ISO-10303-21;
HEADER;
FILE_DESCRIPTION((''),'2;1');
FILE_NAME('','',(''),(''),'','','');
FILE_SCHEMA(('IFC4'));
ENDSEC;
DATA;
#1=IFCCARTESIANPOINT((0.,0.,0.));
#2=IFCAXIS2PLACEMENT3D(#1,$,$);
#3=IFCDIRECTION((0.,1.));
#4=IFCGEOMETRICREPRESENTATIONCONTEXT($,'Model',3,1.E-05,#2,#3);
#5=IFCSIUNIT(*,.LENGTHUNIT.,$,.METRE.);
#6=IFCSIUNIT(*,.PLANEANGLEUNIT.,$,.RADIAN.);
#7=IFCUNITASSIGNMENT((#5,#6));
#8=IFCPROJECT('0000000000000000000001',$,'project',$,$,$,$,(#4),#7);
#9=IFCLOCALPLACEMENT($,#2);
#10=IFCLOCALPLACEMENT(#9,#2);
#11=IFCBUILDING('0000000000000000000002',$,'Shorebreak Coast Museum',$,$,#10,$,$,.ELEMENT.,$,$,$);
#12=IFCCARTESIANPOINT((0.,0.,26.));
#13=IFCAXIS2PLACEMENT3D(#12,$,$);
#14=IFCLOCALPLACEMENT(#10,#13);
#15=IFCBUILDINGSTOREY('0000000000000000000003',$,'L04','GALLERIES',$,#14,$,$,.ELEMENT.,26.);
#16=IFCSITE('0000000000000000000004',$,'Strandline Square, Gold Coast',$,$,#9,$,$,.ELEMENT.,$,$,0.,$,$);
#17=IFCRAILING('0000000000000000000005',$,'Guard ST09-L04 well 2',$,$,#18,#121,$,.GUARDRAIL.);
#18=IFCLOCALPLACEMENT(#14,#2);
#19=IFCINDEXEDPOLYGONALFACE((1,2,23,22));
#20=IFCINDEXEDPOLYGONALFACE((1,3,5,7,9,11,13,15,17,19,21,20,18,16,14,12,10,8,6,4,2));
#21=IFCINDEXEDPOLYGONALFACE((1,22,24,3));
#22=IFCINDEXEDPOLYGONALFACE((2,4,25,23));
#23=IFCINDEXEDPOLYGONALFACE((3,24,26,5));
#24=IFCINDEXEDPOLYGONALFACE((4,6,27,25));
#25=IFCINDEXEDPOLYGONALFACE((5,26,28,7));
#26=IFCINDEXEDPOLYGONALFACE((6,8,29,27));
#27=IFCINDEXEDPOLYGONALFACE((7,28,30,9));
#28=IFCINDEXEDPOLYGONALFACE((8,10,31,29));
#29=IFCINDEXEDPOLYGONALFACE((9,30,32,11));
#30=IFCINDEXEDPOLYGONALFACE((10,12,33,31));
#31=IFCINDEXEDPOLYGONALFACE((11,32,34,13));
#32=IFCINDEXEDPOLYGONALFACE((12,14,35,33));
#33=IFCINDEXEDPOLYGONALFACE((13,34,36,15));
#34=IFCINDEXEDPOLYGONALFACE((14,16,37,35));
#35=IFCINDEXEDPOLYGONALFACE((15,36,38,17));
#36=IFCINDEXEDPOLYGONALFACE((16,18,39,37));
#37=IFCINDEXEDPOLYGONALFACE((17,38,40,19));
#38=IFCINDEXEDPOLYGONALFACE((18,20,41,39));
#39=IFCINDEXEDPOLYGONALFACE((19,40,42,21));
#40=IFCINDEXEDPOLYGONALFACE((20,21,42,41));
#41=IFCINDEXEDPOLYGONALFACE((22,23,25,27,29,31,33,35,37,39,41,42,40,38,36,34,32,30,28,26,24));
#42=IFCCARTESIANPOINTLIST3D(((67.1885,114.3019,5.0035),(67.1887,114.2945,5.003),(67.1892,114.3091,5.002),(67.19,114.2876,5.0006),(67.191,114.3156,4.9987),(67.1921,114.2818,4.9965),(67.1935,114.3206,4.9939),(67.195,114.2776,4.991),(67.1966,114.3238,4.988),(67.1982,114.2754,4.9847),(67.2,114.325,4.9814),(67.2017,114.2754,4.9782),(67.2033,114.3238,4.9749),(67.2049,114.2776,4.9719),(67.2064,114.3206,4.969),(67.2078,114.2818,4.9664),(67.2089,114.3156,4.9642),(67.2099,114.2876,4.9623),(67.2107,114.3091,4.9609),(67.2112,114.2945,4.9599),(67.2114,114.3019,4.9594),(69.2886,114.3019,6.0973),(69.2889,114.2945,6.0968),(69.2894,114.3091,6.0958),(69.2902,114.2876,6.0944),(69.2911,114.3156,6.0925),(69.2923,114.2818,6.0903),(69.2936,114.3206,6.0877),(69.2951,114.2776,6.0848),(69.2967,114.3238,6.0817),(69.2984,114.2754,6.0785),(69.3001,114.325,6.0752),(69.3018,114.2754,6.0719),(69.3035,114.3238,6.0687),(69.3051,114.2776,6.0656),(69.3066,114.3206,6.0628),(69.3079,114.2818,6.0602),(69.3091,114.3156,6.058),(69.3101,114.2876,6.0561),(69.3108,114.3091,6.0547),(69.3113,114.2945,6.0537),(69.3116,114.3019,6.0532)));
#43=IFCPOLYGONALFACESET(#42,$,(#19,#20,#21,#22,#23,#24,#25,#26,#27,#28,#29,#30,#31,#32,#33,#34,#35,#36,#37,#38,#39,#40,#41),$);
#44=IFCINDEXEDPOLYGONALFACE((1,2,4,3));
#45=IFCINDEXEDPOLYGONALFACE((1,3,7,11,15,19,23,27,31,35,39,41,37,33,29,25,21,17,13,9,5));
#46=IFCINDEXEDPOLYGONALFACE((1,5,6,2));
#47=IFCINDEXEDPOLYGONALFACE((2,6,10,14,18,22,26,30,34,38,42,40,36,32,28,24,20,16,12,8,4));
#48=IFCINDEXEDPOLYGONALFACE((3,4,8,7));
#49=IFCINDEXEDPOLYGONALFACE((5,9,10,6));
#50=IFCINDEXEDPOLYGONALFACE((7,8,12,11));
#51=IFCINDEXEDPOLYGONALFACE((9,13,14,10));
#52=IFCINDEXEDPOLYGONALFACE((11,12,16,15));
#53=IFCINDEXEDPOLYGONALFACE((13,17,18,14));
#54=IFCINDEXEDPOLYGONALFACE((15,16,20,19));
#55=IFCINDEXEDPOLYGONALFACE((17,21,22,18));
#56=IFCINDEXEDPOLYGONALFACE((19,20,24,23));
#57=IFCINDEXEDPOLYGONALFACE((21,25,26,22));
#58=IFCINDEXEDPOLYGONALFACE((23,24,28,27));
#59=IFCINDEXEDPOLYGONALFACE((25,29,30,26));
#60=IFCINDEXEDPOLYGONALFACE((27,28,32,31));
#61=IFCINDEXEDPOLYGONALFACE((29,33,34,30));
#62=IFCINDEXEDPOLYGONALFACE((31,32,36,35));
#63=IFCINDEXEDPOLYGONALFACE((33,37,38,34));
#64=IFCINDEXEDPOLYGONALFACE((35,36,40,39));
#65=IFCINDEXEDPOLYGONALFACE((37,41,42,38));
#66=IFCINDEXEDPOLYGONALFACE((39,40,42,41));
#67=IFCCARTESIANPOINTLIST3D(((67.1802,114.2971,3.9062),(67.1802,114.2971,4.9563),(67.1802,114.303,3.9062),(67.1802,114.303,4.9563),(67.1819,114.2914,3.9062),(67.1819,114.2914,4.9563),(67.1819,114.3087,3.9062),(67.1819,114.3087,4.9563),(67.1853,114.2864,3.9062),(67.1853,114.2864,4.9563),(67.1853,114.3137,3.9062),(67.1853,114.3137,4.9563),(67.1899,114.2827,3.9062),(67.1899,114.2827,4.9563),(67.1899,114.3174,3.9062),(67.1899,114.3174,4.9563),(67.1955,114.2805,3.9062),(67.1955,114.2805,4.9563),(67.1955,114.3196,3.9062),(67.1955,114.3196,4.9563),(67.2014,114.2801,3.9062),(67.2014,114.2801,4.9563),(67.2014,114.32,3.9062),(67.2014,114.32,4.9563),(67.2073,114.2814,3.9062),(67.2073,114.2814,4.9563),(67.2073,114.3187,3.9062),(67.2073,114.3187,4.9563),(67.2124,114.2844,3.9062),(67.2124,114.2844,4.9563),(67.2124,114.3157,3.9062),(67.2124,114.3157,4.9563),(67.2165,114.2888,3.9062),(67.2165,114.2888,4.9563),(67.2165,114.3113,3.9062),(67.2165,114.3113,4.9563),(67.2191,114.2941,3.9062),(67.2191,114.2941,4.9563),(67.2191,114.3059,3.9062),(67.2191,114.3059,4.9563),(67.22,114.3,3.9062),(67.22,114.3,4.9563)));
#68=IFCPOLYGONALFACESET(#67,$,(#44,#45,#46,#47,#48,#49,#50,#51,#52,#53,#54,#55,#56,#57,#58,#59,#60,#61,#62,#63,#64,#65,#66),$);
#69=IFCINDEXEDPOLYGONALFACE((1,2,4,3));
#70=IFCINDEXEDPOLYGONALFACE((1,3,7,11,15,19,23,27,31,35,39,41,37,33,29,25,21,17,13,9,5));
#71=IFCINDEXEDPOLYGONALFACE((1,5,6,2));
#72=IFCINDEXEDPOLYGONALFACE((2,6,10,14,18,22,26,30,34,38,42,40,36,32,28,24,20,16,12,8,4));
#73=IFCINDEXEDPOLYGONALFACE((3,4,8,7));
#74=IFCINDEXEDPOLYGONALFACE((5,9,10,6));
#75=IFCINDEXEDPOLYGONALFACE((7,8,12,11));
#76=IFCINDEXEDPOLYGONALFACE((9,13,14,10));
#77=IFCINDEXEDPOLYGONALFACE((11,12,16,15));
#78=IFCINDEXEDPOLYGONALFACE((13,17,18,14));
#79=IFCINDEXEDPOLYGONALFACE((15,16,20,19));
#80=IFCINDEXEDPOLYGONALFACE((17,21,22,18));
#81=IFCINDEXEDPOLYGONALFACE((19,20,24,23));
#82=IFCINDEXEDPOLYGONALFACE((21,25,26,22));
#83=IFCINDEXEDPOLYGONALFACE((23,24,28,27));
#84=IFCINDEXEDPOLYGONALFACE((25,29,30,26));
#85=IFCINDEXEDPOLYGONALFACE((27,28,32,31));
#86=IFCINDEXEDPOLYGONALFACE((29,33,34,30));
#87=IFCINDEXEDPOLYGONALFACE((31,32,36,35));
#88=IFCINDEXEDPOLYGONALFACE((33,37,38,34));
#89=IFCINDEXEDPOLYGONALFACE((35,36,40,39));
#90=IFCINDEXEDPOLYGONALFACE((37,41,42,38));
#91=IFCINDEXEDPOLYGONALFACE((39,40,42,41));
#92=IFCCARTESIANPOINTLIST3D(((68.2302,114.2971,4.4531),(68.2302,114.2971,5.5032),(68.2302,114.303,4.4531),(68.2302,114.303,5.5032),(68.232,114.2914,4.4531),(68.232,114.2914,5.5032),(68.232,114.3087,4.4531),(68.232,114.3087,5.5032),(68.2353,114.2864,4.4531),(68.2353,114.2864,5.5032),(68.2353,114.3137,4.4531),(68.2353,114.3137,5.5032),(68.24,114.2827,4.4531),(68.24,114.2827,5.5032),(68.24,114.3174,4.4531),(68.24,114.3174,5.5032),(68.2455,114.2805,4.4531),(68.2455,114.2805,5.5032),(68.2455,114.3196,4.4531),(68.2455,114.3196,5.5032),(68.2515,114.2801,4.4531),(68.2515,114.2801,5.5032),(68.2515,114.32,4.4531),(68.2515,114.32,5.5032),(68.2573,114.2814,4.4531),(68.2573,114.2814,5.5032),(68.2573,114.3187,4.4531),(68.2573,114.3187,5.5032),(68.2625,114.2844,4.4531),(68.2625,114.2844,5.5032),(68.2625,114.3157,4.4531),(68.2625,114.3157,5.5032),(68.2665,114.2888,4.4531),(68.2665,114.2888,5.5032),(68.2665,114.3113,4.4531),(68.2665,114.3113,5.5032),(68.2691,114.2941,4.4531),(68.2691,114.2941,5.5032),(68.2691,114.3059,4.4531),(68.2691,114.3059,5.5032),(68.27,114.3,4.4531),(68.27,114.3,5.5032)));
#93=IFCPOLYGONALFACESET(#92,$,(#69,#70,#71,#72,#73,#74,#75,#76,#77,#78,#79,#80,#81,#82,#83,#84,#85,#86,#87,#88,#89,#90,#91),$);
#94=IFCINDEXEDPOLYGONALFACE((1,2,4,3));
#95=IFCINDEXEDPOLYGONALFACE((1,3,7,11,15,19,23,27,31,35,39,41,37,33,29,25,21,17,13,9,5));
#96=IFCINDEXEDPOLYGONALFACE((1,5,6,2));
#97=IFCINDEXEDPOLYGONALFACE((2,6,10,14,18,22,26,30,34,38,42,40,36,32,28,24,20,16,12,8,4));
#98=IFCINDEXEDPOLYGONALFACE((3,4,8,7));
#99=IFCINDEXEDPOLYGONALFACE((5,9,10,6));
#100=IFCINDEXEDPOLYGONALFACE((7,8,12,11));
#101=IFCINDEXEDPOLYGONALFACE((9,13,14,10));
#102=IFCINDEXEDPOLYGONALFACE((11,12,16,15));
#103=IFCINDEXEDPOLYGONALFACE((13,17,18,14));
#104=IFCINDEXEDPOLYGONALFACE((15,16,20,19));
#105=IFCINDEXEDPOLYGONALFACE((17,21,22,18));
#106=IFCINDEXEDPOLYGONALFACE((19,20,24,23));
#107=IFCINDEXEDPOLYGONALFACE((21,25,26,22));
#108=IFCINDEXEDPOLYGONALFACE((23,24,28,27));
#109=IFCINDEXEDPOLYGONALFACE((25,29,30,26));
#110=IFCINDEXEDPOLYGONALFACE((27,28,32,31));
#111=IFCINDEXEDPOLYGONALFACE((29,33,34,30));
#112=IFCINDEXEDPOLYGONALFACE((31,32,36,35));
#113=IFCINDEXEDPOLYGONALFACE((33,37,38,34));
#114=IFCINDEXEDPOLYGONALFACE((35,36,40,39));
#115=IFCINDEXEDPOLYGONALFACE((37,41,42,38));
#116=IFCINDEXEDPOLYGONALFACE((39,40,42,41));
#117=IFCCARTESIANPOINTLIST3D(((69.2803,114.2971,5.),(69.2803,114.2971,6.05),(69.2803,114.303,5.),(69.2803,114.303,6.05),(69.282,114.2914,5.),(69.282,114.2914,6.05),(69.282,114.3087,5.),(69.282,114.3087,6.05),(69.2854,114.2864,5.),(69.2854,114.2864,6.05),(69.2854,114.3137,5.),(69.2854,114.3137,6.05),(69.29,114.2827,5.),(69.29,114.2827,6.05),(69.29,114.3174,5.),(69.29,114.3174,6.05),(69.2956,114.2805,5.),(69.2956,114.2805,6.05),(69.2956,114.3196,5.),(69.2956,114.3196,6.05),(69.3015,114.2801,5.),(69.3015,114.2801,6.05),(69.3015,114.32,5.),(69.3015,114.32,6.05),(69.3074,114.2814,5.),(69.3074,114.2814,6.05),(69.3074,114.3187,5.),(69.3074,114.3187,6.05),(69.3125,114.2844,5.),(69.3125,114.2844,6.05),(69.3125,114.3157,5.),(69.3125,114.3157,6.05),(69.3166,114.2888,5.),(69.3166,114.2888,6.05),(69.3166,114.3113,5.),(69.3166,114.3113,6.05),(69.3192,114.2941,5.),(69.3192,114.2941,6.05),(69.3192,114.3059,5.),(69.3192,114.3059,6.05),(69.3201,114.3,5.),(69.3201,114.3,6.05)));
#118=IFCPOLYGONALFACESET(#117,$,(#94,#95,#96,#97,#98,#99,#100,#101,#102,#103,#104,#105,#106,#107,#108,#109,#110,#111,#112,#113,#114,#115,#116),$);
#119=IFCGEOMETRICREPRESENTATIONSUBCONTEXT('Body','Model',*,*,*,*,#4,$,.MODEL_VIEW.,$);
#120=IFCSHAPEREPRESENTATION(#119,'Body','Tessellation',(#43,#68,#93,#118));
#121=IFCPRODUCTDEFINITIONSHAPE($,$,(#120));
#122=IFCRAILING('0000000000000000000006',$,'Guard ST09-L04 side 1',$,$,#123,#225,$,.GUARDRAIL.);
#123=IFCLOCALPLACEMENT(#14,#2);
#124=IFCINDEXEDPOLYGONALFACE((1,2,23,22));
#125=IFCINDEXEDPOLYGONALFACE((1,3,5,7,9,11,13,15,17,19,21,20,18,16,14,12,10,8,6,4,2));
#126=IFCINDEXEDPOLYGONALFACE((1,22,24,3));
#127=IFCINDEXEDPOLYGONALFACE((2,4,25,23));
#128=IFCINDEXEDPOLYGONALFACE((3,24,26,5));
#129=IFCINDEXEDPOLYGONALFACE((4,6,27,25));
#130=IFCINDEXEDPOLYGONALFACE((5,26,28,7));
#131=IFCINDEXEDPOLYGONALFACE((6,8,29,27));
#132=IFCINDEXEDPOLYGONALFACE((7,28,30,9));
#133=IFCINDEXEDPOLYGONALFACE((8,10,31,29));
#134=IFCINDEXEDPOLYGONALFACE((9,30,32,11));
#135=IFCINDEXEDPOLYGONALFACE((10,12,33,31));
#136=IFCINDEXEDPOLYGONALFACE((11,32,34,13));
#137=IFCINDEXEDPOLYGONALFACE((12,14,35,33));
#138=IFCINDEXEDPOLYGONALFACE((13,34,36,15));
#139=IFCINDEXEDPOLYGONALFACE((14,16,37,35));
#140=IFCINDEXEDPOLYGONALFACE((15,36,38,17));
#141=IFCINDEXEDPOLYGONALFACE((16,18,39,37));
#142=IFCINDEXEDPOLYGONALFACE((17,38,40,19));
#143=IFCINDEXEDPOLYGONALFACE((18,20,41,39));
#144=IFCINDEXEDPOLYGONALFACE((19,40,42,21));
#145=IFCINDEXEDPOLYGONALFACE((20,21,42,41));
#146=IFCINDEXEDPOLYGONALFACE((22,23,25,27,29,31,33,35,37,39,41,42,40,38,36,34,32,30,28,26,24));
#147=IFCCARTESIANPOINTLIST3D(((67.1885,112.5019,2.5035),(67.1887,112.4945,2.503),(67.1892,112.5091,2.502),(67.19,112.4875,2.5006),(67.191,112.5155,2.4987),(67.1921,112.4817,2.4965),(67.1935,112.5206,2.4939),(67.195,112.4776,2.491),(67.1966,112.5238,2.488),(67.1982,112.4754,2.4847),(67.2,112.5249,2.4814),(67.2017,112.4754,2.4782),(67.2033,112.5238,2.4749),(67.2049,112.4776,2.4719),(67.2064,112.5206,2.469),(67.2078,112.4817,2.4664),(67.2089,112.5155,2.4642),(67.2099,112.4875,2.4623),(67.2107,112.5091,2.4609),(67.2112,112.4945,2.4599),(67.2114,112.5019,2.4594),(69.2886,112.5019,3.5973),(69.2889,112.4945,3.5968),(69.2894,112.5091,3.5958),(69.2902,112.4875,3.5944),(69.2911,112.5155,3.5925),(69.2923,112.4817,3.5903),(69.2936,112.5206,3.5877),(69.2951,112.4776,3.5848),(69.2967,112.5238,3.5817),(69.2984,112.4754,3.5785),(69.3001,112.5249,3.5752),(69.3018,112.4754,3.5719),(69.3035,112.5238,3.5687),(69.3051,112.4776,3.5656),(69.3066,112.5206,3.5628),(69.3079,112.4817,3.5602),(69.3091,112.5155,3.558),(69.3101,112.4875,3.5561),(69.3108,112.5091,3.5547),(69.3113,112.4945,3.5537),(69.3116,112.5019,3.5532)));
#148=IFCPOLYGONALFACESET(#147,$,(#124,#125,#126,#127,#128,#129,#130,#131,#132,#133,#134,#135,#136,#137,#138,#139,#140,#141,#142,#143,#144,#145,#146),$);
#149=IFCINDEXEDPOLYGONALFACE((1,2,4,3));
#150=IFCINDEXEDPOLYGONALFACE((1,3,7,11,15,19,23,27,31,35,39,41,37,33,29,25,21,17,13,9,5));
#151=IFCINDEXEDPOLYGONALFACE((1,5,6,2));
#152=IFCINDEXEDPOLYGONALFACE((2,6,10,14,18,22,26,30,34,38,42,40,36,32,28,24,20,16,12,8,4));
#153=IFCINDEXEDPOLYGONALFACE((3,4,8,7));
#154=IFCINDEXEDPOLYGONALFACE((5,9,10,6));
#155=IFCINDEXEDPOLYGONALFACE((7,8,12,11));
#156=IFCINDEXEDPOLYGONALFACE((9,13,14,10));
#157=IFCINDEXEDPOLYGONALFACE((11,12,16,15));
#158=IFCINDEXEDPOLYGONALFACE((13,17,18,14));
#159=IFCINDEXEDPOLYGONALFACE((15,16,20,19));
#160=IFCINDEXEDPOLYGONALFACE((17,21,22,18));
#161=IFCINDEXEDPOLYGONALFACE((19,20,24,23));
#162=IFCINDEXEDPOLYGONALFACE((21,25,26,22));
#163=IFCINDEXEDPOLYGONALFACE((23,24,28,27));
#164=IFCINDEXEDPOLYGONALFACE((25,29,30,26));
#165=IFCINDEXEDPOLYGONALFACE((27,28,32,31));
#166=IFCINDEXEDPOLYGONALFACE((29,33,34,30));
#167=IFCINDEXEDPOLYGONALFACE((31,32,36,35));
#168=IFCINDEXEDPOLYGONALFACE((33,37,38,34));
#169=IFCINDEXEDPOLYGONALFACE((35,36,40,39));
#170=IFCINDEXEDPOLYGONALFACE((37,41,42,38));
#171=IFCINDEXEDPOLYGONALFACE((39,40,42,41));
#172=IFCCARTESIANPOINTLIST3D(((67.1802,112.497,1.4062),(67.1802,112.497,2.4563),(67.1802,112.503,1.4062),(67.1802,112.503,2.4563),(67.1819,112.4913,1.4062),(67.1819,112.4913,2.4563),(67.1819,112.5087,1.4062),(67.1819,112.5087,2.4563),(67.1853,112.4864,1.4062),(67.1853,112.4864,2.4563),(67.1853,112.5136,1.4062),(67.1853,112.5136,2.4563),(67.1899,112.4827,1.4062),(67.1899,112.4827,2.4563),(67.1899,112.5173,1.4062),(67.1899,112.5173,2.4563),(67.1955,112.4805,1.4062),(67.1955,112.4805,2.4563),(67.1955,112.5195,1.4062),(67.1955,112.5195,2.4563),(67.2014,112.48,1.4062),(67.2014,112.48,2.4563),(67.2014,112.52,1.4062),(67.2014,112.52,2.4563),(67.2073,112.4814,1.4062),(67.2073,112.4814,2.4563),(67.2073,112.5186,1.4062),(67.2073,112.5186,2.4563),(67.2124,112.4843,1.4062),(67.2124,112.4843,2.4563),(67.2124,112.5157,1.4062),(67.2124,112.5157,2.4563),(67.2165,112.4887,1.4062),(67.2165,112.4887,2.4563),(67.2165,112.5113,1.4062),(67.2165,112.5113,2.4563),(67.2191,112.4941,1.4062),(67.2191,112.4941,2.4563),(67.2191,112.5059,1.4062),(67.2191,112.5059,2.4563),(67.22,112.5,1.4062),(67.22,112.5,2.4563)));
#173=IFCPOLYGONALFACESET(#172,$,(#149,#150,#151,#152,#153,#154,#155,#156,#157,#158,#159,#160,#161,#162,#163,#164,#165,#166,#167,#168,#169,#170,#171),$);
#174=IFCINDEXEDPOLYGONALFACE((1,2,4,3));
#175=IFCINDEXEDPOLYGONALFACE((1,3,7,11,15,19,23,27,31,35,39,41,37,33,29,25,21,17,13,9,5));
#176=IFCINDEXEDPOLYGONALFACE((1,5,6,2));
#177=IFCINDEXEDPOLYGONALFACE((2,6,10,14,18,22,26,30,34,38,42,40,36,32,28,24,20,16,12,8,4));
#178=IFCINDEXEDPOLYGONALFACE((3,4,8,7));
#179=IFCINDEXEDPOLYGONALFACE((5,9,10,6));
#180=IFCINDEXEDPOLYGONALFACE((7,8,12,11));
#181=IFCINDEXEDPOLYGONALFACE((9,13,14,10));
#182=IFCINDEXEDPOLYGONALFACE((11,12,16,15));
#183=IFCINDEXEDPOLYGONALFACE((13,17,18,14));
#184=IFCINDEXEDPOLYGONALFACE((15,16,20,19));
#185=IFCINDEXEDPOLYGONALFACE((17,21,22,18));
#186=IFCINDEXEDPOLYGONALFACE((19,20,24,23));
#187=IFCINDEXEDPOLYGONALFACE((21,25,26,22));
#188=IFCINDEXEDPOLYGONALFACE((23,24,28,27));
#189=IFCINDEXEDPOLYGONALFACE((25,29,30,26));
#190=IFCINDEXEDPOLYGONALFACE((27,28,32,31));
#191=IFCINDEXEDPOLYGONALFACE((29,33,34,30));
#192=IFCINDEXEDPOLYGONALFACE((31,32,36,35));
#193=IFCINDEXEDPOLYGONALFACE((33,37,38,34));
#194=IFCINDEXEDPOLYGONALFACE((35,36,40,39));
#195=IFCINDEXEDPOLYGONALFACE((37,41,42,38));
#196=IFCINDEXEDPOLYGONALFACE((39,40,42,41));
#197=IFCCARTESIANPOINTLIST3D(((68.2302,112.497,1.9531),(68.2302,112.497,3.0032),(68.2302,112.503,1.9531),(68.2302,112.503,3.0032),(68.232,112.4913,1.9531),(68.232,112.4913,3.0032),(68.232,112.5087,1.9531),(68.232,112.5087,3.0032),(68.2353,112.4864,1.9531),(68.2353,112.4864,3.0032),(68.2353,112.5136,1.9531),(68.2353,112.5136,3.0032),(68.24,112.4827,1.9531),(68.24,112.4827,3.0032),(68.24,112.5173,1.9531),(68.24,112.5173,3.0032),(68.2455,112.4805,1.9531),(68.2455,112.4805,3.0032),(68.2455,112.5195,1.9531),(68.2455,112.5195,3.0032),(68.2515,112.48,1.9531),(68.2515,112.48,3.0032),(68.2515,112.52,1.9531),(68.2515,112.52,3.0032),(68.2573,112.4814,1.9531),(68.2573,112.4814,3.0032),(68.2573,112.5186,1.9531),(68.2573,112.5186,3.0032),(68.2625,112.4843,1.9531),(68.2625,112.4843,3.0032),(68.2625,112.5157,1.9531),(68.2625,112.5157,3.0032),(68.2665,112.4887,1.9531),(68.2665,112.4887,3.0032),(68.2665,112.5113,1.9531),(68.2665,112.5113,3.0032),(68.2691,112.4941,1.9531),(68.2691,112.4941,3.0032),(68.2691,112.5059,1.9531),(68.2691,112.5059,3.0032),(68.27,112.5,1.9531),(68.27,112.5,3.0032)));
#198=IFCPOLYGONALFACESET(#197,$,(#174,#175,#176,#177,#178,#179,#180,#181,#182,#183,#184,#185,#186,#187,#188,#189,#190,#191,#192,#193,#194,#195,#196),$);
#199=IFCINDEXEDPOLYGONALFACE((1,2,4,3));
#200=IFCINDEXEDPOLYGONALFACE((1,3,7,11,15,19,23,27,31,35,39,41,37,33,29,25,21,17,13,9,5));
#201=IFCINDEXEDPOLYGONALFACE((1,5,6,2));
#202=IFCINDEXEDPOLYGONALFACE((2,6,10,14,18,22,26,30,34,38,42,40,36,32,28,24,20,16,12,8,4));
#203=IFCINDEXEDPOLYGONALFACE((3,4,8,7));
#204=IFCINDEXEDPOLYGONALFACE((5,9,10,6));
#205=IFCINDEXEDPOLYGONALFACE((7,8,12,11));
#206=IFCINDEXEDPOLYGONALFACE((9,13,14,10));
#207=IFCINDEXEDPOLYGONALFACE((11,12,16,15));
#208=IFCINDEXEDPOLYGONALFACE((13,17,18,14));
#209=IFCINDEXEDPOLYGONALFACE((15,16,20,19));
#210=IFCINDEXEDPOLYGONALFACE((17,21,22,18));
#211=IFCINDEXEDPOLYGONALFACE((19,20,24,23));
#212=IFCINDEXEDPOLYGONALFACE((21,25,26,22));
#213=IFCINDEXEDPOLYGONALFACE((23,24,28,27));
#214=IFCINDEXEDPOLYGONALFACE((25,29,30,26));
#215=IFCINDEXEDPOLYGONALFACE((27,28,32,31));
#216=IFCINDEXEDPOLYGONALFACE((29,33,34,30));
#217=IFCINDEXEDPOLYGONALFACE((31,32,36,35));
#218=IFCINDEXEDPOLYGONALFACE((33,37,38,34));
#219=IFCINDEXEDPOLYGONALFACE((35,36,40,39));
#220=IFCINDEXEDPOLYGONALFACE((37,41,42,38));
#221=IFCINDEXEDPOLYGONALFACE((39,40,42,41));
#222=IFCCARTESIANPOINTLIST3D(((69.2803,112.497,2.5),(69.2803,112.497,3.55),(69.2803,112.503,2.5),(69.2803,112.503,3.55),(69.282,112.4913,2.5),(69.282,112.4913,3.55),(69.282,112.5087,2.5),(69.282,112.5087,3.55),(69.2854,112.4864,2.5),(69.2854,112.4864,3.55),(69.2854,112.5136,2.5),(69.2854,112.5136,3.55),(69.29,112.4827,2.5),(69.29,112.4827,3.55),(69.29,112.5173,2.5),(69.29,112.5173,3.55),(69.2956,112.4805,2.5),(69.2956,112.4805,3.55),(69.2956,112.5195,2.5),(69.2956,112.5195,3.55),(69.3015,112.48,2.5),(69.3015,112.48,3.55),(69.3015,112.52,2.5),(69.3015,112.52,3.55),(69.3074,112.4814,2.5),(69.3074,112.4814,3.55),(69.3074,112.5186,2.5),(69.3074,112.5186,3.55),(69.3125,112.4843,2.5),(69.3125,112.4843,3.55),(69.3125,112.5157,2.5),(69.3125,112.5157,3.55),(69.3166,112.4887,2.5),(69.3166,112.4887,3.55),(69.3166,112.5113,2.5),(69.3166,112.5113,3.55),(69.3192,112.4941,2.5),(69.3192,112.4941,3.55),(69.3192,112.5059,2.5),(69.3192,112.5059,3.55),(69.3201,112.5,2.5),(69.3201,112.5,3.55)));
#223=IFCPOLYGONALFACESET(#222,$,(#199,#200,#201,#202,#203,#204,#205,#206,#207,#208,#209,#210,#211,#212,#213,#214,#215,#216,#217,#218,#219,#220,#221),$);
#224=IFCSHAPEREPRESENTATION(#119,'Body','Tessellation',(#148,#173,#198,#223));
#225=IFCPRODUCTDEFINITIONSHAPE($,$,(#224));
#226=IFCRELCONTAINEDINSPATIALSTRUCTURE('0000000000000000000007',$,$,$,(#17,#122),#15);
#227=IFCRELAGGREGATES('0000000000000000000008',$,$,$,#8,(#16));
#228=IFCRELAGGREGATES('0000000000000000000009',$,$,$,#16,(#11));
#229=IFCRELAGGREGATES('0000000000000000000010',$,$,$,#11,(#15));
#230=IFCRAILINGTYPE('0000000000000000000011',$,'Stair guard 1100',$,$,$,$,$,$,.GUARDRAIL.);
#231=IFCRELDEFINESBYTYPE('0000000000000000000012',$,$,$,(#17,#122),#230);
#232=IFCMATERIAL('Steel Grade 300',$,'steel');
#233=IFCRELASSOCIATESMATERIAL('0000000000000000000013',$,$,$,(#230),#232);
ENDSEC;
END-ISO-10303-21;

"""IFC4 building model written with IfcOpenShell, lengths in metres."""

from ifc_helpers import new_model, si_unit, direction, frame, origin, origin_2d, place, context, subcontext, project, spatial, circle, extrude, material, type_object, element, save


model = new_model("IFC4")

# Units and contexts
model_context = context("Model", 3, precision=1e-05, world=origin(), true_north=direction((0.0, 1.0)))
body_context = subcontext(model_context, "Body", "Model", "MODEL_VIEW")
ifc_project = project(units=[si_unit("LENGTHUNIT", "METRE"), si_unit("PLANEANGLEUNIT", "RADIAN")], contexts=[model_context])

# Site, building, storey
site_placement = place(None, origin())
site = spatial("IfcSite", under=ifc_project, at=site_placement, Name="Strandline Square, Gold Coast", CompositionType="ELEMENT", RefElevation=0.0)
building_placement = place(site_placement, origin())
building = spatial("IfcBuilding", under=site, at=building_placement, Name="Shorebreak Coast Museum", CompositionType="ELEMENT")
storey_placement = place(building_placement, frame((0.0, 0.0, 26.0)))
storey = spatial("IfcBuildingStorey", under=building, at=storey_placement, Name="L04", Description="GALLERIES", CompositionType="ELEMENT", Elevation=26.0)

# Railings
ifc_material_1 = material(Name="Steel Grade 300", Category="steel")
railing_type_1 = type_object("IfcRailingType", Name="Stair guard 1100", PredefinedType="GUARDRAIL", material=ifc_material_1)
for number, where, name in (
    (1, (67.2, 114.3, 3.9062), "Guard ST09-L04 well 2"),
    (2, (67.2, 112.5, 1.4062), "Guard ST09-L04 side 1"),
):
    element("IfcRailing", number, at=place(storey_placement, frame(where)), inside=storey, type_object=railing_type_1, Name=name, PredefinedType="GUARDRAIL", context=body_context, shape_type="SweptSolid", body=[
        extrude(circle(Radius=0.0249, at=origin_2d()), frame((0.0, 0.0, 1.0752), z_axis=(0.886923, 0.0, 0.461918), x_axis=(0.0, 1.0, 0.0)), (0.0, 0.0, 1.0), 2.3679),
        extrude(circle(Radius=0.02, at=origin_2d()), origin(), (0.0, 0.0, 1.0), 1.05),
        extrude(circle(Radius=0.02, at=origin_2d()), frame((1.05, 0.0, 0.5469)), (0.0, 0.0, 1.0), 1.05),
        extrude(circle(Radius=0.02, at=origin_2d()), frame((2.1001, 0.0, 1.0938)), (0.0, 0.0, 1.0), 1.05),
    ])

save(model, "model.ifc")
